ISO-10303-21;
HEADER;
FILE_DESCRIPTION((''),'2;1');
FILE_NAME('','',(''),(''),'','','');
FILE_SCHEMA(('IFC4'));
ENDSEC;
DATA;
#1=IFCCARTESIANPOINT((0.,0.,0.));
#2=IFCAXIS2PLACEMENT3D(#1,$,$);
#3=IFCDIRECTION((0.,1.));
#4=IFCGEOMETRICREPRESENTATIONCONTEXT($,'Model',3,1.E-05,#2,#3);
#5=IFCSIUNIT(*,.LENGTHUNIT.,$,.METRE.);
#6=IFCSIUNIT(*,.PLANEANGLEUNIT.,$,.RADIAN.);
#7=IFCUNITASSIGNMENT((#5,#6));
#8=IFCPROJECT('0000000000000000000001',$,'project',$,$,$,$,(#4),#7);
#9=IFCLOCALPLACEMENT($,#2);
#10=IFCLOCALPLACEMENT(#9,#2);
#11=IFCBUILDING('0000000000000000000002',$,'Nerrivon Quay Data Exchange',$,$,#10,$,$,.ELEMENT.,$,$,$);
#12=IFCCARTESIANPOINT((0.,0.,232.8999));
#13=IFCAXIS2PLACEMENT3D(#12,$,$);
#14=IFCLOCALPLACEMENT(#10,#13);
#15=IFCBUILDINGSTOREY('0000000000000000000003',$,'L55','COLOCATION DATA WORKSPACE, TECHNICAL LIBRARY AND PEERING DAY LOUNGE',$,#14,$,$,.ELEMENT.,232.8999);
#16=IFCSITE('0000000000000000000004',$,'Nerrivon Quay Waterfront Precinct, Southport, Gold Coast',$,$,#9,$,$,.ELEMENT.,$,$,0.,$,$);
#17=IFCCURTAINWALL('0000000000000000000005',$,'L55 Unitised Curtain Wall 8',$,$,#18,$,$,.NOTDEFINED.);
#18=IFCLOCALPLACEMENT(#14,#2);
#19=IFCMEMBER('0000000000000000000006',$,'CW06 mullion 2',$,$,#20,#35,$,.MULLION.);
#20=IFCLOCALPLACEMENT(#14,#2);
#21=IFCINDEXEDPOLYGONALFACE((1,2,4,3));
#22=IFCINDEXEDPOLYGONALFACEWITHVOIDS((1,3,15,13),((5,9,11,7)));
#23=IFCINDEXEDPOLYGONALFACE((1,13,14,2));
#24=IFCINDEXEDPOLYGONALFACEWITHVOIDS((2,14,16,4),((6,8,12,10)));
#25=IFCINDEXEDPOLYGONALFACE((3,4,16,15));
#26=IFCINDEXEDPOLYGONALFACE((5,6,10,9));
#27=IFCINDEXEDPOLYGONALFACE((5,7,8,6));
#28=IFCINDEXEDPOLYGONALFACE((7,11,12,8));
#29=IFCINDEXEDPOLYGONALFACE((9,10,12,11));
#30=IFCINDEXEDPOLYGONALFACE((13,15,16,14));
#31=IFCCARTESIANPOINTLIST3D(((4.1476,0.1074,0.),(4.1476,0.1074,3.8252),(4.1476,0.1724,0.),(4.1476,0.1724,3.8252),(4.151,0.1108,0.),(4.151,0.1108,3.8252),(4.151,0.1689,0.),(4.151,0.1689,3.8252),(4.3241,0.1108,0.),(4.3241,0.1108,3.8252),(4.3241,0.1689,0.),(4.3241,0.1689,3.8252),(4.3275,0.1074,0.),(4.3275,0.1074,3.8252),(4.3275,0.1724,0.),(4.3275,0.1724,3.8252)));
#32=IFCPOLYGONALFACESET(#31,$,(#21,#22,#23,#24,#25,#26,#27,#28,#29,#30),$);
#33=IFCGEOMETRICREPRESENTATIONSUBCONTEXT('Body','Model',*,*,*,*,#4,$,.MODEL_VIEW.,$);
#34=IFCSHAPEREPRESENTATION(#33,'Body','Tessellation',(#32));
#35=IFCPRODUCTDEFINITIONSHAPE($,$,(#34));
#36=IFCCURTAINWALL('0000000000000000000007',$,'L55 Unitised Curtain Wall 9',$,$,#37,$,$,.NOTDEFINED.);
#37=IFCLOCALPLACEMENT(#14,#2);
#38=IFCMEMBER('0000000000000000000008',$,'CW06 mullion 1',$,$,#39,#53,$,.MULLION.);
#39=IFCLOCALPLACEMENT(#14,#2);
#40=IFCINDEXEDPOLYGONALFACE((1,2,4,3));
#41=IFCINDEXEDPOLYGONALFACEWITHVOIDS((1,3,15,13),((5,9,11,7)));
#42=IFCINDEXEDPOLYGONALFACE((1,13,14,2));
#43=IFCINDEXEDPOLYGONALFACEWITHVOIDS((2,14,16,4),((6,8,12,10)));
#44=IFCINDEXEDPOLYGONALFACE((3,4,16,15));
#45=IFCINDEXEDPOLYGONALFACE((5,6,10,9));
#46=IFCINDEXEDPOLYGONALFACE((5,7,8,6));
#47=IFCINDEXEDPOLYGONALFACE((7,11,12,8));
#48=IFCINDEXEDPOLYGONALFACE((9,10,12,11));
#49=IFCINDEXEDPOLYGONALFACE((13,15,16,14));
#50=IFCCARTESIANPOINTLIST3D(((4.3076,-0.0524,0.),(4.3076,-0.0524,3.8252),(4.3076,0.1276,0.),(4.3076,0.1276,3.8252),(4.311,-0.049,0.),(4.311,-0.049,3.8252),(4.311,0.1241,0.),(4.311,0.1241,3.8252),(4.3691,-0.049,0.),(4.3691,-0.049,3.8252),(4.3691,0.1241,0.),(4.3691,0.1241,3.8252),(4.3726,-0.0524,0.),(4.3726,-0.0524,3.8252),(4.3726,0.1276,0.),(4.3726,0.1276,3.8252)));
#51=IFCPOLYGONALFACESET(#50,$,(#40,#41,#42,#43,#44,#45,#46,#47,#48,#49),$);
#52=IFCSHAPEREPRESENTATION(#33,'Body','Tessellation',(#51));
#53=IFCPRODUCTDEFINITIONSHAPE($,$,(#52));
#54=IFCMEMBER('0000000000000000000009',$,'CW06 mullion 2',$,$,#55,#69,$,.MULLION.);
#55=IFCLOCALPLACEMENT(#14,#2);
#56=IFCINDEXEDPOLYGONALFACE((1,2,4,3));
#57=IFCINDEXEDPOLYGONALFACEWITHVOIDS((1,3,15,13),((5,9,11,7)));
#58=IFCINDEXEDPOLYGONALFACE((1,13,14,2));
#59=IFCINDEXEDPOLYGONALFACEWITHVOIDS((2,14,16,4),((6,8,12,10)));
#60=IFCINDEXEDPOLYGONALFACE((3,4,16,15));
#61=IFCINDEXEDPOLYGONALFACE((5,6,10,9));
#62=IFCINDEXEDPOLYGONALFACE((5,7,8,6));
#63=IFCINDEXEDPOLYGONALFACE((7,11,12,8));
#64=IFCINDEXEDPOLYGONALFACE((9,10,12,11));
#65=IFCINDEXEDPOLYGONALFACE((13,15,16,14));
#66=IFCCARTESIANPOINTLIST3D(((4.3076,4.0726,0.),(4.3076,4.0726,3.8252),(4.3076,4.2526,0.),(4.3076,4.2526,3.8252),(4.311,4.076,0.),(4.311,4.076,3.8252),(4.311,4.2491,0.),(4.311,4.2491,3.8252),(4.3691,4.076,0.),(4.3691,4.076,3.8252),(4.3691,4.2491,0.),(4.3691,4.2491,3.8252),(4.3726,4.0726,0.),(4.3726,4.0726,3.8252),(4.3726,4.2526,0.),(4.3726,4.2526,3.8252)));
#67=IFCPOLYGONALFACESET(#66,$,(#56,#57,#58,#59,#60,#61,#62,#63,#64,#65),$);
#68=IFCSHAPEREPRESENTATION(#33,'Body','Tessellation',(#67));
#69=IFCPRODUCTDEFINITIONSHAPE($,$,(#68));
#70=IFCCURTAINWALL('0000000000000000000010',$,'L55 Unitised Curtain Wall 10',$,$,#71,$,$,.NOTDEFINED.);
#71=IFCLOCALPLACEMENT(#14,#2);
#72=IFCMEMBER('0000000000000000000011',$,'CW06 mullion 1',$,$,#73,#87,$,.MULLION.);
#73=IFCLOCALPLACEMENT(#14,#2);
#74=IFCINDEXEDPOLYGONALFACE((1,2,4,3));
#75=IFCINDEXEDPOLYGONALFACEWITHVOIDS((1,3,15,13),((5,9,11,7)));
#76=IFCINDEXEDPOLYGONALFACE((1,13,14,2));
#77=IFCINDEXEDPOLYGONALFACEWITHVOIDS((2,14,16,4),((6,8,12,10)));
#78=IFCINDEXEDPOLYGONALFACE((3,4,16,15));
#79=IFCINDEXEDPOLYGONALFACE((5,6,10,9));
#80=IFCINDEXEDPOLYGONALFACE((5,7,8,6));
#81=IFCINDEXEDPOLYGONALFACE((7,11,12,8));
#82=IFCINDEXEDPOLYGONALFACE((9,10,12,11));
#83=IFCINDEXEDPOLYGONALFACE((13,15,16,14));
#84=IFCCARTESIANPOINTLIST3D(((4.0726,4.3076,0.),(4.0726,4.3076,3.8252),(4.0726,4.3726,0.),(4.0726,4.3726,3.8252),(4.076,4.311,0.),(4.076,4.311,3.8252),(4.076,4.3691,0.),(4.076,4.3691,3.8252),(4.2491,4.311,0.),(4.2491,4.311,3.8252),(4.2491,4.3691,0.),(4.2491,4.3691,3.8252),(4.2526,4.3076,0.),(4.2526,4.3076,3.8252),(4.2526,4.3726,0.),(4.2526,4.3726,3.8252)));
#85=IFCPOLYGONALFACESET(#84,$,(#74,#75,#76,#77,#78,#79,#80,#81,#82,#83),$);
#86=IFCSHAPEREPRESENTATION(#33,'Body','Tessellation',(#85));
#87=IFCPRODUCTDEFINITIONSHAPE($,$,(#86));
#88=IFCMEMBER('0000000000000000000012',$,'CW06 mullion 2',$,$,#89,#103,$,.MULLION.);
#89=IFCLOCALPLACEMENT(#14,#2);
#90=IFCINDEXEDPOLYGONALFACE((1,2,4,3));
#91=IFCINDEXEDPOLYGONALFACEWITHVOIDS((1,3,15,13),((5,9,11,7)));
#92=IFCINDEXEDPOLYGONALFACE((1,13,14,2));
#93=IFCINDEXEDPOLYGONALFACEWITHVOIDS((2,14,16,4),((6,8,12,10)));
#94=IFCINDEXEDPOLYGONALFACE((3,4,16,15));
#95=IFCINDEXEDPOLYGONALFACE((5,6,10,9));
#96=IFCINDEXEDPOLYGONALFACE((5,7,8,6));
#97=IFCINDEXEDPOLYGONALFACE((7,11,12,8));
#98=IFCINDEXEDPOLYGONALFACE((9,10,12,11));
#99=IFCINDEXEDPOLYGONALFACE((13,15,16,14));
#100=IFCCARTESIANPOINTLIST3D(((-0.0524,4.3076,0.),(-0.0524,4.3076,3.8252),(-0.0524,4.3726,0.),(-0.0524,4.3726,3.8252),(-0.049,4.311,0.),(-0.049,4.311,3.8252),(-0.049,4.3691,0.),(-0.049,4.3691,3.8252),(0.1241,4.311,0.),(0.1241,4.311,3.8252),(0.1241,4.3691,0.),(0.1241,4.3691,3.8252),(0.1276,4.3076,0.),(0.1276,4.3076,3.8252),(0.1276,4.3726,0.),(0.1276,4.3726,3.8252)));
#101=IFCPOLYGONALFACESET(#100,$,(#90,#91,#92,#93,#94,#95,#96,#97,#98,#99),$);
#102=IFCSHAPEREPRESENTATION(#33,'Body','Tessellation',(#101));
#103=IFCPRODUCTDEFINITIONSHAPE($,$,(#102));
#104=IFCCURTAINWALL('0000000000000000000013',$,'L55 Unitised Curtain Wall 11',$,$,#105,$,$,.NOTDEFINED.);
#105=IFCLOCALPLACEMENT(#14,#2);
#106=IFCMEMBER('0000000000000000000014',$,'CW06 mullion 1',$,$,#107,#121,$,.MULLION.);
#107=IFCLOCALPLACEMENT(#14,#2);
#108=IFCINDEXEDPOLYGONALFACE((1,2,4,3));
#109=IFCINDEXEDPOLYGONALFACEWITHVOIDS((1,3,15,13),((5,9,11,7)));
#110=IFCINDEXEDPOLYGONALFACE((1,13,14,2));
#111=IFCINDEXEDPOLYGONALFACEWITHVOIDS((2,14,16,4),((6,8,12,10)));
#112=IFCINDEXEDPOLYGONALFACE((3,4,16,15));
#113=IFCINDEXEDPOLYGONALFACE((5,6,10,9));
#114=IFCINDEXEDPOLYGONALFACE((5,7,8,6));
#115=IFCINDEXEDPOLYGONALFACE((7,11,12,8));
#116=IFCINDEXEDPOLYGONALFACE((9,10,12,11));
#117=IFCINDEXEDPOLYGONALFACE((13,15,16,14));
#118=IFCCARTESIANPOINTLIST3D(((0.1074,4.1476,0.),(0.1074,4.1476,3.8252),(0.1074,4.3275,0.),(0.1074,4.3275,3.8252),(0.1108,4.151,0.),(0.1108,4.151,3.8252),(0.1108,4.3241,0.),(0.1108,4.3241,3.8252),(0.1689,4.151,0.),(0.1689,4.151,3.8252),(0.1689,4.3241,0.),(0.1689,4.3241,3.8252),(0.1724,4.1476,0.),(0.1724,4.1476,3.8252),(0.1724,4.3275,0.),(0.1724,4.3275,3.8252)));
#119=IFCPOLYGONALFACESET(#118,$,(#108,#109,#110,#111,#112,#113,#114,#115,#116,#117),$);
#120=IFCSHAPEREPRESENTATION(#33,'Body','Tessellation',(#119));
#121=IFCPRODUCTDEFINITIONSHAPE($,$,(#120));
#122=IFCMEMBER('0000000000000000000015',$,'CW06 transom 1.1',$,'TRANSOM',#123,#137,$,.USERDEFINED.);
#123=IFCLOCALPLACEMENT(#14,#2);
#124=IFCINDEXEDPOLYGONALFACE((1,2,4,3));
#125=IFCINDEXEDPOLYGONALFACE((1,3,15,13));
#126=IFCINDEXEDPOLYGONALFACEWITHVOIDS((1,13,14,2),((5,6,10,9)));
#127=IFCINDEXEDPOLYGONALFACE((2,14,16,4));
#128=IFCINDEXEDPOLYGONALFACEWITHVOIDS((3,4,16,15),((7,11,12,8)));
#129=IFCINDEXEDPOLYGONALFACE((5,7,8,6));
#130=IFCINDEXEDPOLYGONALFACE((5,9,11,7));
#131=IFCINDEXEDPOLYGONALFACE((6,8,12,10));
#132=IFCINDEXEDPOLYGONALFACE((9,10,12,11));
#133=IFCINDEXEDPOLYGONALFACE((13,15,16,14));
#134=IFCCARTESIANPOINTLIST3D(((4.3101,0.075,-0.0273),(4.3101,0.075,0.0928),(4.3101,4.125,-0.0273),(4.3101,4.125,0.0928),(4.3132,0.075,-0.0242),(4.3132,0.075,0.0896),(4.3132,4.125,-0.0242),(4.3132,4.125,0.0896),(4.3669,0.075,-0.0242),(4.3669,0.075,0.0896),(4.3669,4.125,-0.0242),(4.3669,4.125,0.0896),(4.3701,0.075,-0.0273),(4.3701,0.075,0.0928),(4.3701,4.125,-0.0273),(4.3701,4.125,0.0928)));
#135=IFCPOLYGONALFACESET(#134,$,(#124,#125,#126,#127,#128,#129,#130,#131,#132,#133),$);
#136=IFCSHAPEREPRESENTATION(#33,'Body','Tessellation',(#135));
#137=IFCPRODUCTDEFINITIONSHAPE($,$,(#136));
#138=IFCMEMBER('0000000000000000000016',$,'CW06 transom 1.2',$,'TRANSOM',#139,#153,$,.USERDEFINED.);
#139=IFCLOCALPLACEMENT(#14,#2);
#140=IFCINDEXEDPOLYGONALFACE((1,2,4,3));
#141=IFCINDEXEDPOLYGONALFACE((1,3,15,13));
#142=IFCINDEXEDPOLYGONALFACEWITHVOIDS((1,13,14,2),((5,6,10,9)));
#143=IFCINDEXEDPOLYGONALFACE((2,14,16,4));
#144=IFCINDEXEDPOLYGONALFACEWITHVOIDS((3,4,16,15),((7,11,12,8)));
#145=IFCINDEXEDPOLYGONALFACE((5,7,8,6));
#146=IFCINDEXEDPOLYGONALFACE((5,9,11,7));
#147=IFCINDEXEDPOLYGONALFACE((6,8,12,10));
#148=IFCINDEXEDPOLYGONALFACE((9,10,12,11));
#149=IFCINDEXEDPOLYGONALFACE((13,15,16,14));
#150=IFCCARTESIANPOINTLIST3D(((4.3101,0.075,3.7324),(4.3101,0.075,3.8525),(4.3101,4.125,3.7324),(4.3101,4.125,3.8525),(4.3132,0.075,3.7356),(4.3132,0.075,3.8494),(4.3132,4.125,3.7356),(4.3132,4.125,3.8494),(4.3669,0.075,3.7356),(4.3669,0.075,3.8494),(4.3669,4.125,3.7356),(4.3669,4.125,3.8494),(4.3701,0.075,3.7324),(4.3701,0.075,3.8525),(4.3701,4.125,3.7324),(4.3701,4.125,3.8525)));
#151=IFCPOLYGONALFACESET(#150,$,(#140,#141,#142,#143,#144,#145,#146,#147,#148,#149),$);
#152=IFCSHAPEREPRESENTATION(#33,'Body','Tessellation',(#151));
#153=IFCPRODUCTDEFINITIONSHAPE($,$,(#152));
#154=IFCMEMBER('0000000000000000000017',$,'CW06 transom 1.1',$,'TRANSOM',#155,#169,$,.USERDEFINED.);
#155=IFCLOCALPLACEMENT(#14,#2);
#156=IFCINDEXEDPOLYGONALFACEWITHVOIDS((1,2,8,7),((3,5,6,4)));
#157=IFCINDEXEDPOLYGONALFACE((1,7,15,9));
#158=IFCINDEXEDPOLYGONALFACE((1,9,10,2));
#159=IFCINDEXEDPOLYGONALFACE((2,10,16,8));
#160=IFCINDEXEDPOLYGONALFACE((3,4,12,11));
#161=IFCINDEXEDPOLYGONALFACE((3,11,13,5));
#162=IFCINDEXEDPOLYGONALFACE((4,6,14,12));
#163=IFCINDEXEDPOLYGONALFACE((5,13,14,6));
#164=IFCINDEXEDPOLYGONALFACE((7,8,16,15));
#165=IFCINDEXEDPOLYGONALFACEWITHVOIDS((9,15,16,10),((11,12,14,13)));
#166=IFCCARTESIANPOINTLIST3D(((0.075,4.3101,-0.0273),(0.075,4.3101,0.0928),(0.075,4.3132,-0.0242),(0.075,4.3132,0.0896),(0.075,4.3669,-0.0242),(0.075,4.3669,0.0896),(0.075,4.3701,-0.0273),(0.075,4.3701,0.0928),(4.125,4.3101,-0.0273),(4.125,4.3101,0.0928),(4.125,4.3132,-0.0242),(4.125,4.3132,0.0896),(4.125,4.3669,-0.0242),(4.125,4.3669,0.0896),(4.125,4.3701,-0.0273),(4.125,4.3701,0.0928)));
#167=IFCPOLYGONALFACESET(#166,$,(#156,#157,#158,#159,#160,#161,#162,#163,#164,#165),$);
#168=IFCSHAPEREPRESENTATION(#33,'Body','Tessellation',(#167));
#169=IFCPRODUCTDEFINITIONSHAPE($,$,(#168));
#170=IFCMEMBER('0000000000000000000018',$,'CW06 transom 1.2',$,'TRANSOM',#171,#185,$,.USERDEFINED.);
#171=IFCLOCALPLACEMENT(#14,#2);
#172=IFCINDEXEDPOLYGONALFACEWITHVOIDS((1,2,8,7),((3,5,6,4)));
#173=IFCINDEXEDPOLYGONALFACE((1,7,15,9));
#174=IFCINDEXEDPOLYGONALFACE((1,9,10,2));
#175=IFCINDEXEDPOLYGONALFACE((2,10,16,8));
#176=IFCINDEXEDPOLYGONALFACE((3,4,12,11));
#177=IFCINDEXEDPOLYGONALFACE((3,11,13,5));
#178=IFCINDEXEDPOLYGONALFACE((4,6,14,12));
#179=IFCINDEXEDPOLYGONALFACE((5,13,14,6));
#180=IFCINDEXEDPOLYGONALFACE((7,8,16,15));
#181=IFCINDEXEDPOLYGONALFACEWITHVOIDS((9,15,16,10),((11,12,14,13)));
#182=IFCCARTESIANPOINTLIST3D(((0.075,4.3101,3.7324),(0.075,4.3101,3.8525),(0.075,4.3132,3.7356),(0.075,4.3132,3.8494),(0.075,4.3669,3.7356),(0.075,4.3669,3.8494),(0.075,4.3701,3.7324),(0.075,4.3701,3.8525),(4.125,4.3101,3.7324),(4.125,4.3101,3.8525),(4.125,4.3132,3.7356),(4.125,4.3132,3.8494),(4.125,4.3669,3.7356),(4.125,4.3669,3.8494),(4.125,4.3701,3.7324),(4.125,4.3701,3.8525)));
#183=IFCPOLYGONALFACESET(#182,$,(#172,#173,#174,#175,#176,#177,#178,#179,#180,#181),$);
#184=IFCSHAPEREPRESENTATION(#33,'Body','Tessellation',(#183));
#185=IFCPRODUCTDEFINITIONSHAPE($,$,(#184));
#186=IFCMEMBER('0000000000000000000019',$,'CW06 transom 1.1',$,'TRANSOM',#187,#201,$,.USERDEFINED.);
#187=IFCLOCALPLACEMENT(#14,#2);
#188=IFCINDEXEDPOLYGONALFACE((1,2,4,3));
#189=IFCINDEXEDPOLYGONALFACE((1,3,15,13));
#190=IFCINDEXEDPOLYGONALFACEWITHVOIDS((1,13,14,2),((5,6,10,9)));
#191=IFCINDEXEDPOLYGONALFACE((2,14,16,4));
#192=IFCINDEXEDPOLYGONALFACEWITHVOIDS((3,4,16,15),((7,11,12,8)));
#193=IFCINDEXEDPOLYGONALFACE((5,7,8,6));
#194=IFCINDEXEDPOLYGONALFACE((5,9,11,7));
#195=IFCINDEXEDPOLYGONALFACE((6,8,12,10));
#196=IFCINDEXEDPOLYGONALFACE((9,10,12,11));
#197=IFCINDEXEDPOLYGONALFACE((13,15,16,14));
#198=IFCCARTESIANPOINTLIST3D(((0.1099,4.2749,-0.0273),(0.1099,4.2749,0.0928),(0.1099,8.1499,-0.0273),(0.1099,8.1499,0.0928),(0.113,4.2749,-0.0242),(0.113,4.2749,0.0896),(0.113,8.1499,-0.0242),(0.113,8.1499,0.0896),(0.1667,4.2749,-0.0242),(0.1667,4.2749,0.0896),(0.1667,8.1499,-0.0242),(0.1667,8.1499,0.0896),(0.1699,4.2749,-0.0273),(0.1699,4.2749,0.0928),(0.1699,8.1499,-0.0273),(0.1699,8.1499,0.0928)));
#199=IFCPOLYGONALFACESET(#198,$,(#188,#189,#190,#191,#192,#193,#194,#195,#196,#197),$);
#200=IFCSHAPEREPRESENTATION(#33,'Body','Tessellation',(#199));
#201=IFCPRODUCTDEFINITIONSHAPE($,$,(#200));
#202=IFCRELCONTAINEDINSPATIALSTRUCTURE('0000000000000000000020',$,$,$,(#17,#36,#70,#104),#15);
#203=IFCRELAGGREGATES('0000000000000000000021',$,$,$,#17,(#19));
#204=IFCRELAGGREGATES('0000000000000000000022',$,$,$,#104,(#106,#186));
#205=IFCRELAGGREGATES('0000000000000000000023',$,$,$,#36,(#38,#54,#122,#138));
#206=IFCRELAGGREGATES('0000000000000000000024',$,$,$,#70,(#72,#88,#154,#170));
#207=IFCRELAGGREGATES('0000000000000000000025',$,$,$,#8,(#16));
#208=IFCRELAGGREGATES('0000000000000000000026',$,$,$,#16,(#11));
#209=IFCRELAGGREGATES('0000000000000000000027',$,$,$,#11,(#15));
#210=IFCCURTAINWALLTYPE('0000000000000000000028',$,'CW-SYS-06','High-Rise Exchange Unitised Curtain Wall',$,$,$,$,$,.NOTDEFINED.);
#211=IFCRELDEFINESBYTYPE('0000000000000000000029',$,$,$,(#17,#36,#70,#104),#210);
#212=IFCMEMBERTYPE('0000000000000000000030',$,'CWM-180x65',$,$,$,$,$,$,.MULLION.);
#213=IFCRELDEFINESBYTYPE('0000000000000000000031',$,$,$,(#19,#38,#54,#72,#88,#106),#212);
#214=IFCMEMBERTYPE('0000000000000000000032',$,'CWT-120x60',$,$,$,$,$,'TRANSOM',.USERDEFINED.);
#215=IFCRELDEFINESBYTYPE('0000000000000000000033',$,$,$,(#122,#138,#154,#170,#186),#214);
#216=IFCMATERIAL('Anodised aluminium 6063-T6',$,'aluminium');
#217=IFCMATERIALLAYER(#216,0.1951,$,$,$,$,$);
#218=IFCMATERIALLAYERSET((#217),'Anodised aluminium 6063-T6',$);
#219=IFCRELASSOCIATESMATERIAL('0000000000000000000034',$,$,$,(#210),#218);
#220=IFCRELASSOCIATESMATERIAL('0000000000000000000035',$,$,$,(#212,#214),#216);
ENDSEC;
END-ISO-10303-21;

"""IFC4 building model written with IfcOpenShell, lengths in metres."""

from ifc_helpers import new_model, si_unit, direction, frame, origin, origin_2d, place, context, subcontext, project, spatial, hollow_rectangle, extrude, material, layer, layer_set, material_profile, profile_set, type_object, element, aggregate, save


model = new_model("IFC4")

# Units and contexts
model_context = context("Model", 3, precision=1e-05, world=origin(), true_north=direction((0.0, 1.0)))
body_context = subcontext(model_context, "Body", "Model", "MODEL_VIEW")
ifc_project = project(units=[si_unit("LENGTHUNIT", "METRE"), si_unit("PLANEANGLEUNIT", "RADIAN")], contexts=[model_context])

# Site, building, storey
site_placement = place(None, origin())
site = spatial("IfcSite", under=ifc_project, at=site_placement, Name="Nerrivon Quay Waterfront Precinct, Southport, Gold Coast", CompositionType="ELEMENT", RefElevation=0.0)
building_placement = place(site_placement, origin())
building = spatial("IfcBuilding", under=site, at=building_placement, Name="Nerrivon Quay Data Exchange", CompositionType="ELEMENT")
storey_placement = place(building_placement, frame((0.0, 0.0, 232.8999)))
storey = spatial("IfcBuildingStorey", under=building, at=storey_placement, Name="L55", Description="COLOCATION DATA WORKSPACE, TECHNICAL LIBRARY AND PEERING DAY LOUNGE", CompositionType="ELEMENT", Elevation=232.8999)

# Curtain wall, member
ifc_material_1 = material(Name="Anodised aluminium 6063-T6", Category="aluminium")
ifc_layer_1 = layer(ifc_material_1, 0.1951)
ifc_layer_set_1 = layer_set([ifc_layer_1], Name="Anodised aluminium 6063-T6")
curtain_wall_type = type_object("IfcCurtainWallType", Name="CW-SYS-06", Description="High-Rise Exchange Unitised Curtain Wall", PredefinedType="NOTDEFINED", material=ifc_layer_set_1)
curtain_wall_1_placement = place(storey_placement, origin())
curtain_wall_1 = element("IfcCurtainWall", 1, at=curtain_wall_1_placement, inside=storey, type_object=curtain_wall_type, Name="L55 Unitised Curtain Wall 8", PredefinedType="NOTDEFINED")
ifc_material_profile_1 = material_profile(ifc_material_1, hollow_rectangle(XDim=0.0649, YDim=0.1799, WallThickness=0.0034, at=origin_2d()), Name="ALU-MULL-180x65")
ifc_profile_set_1 = profile_set([ifc_material_profile_1], Name="Anodised aluminium 6063-T6")
member_type_1 = type_object("IfcMemberType", Name="CWM-180x65", PredefinedType="MULLION", material=ifc_profile_set_1)
member_1_placement = place(storey_placement, frame((4.2375, 0.1399, 0.0), z_axis=(0.0, 0.0, 1.0), x_axis=(0.0, -1.0, 0.0)))
member_1 = element("IfcMember", 2, at=member_1_placement, type_object=member_type_1, Name="CW06 mullion 2", PredefinedType="MULLION", context=body_context, shape_type="SweptSolid", body=[
    extrude(hollow_rectangle(XDim=0.0649, YDim=0.1799, WallThickness=0.0034, at=origin_2d()), origin(), (0.0, 0.0, 1.0), 3.8252),
])
aggregate(curtain_wall_1, [member_1])

# Curtain walls, members
curtain_wall_2_placement = place(storey_placement, origin())
curtain_wall_2 = element("IfcCurtainWall", 3, at=curtain_wall_2_placement, inside=storey, type_object=curtain_wall_type, Name="L55 Unitised Curtain Wall 9", PredefinedType="NOTDEFINED")
member_2_placement = place(storey_placement, frame((4.3401, 0.0376, 0.0), z_axis=(0.0, 0.0, 1.0), x_axis=(-1.0, 0.0, 0.0)))
member_2 = element("IfcMember", 4, at=member_2_placement, type_object=member_type_1, Name="CW06 mullion 1", PredefinedType="MULLION", context=body_context, shape_type="SweptSolid", body=[
    extrude(hollow_rectangle(XDim=0.0649, YDim=0.1799, WallThickness=0.0034, at=origin_2d()), origin(), (0.0, 0.0, 1.0), 3.8252),
])
member_3_placement = place(storey_placement, frame((4.3401, 4.1626, 0.0), z_axis=(0.0, 0.0, 1.0), x_axis=(-1.0, 0.0, 0.0)))
member_3 = element("IfcMember", 5, at=member_3_placement, type_object=member_type_1, Name="CW06 mullion 2", PredefinedType="MULLION", context=body_context, shape_type="SweptSolid", body=[
    extrude(hollow_rectangle(XDim=0.0649, YDim=0.1799, WallThickness=0.0034, at=origin_2d()), origin(), (0.0, 0.0, 1.0), 3.8252),
])
curtain_wall_3_placement = place(storey_placement, origin())
curtain_wall_3 = element("IfcCurtainWall", 6, at=curtain_wall_3_placement, inside=storey, type_object=curtain_wall_type, Name="L55 Unitised Curtain Wall 10", PredefinedType="NOTDEFINED")
member_4_placement = place(storey_placement, frame((4.1626, 4.3401, 0.0), z_axis=(0.0, 0.0, 1.0), x_axis=(0.0, -1.0, 0.0)))
member_4 = element("IfcMember", 7, at=member_4_placement, type_object=member_type_1, Name="CW06 mullion 1", PredefinedType="MULLION", context=body_context, shape_type="SweptSolid", body=[
    extrude(hollow_rectangle(XDim=0.0649, YDim=0.1799, WallThickness=0.0034, at=origin_2d()), origin(), (0.0, 0.0, 1.0), 3.8252),
])
member_5_placement = place(storey_placement, frame((0.0376, 4.3401, 0.0), z_axis=(0.0, 0.0, 1.0), x_axis=(0.0, -1.0, 0.0)))
member_5 = element("IfcMember", 8, at=member_5_placement, type_object=member_type_1, Name="CW06 mullion 2", PredefinedType="MULLION", context=body_context, shape_type="SweptSolid", body=[
    extrude(hollow_rectangle(XDim=0.0649, YDim=0.1799, WallThickness=0.0034, at=origin_2d()), origin(), (0.0, 0.0, 1.0), 3.8252),
])

# Curtain wall, member
curtain_wall_4_placement = place(storey_placement, origin())
curtain_wall_4 = element("IfcCurtainWall", 9, at=curtain_wall_4_placement, inside=storey, type_object=curtain_wall_type, Name="L55 Unitised Curtain Wall 11", PredefinedType="NOTDEFINED")
member_6_placement = place(storey_placement, frame((0.1399, 4.2375, 0.0), z_axis=(0.0, 0.0, 1.0), x_axis=(-1.0, 0.0, 0.0)))
member_6 = element("IfcMember", 10, at=member_6_placement, type_object=member_type_1, Name="CW06 mullion 1", PredefinedType="MULLION", context=body_context, shape_type="SweptSolid", body=[
    extrude(hollow_rectangle(XDim=0.0649, YDim=0.1799, WallThickness=0.0034, at=origin_2d()), origin(), (0.0, 0.0, 1.0), 3.8252),
])

# Members
ifc_material_profile_2 = material_profile(ifc_material_1, hollow_rectangle(XDim=0.0601, YDim=0.1201, WallThickness=0.0032, at=origin_2d()), Name="ALU-TRAN-120x60")
ifc_profile_set_2 = profile_set([ifc_material_profile_2], Name="Anodised aluminium 6063-T6")
member_type_2 = type_object("IfcMemberType", Name="CWT-120x60", ElementType="TRANSOM", PredefinedType="USERDEFINED", material=ifc_profile_set_2)
member_7_placement = place(storey_placement, frame((4.3401, 0.075, 0.0327), z_axis=(0.0, 1.0, 0.0), x_axis=(-1.0, 0.0, 0.0)))
member_7 = element("IfcMember", 11, at=member_7_placement, type_object=member_type_2, Name="CW06 transom 1.1", ObjectType="TRANSOM", PredefinedType="USERDEFINED", context=body_context, shape_type="SweptSolid", body=[
    extrude(hollow_rectangle(XDim=0.0601, YDim=0.1201, WallThickness=0.0032, at=origin_2d()), origin(), (0.0, 0.0, 1.0), 4.05),
])
member_8_placement = place(storey_placement, frame((4.3401, 0.075, 3.7925), z_axis=(0.0, 1.0, 0.0), x_axis=(-1.0, 0.0, 0.0)))
member_8 = element("IfcMember", 12, at=member_8_placement, type_object=member_type_2, Name="CW06 transom 1.2", ObjectType="TRANSOM", PredefinedType="USERDEFINED", context=body_context, shape_type="SweptSolid", body=[
    extrude(hollow_rectangle(XDim=0.0601, YDim=0.1201, WallThickness=0.0032, at=origin_2d()), origin(), (0.0, 0.0, 1.0), 4.05),
])
member_9_placement = place(storey_placement, frame((4.125, 4.3401, 0.0327), z_axis=(-1.0, 0.0, 0.0), x_axis=(0.0, -1.0, 0.0)))
member_9 = element("IfcMember", 13, at=member_9_placement, type_object=member_type_2, Name="CW06 transom 1.1", ObjectType="TRANSOM", PredefinedType="USERDEFINED", context=body_context, shape_type="SweptSolid", body=[
    extrude(hollow_rectangle(XDim=0.0601, YDim=0.1201, WallThickness=0.0032, at=origin_2d()), origin(), (0.0, 0.0, 1.0), 4.05),
])
member_10_placement = place(storey_placement, frame((4.125, 4.3401, 3.7925), z_axis=(-1.0, 0.0, 0.0), x_axis=(0.0, -1.0, 0.0)))
member_10 = element("IfcMember", 14, at=member_10_placement, type_object=member_type_2, Name="CW06 transom 1.2", ObjectType="TRANSOM", PredefinedType="USERDEFINED", context=body_context, shape_type="SweptSolid", body=[
    extrude(hollow_rectangle(XDim=0.0601, YDim=0.1201, WallThickness=0.0032, at=origin_2d()), origin(), (0.0, 0.0, 1.0), 4.05),
])
member_11_placement = place(storey_placement, frame((0.1399, 4.2749, 0.0327), z_axis=(0.0, 1.0, 0.0), x_axis=(-1.0, 0.0, 0.0)))
member_11 = element("IfcMember", 15, at=member_11_placement, type_object=member_type_2, Name="CW06 transom 1.1", ObjectType="TRANSOM", PredefinedType="USERDEFINED", context=body_context, shape_type="SweptSolid", body=[
    extrude(hollow_rectangle(XDim=0.0601, YDim=0.1201, WallThickness=0.0032, at=origin_2d()), origin(), (0.0, 0.0, 1.0), 3.875),
])
aggregate(curtain_wall_4, [member_6, member_11])

aggregate(curtain_wall_2, [member_2, member_3, member_7, member_8])
aggregate(curtain_wall_3, [member_4, member_5, member_9, member_10])

save(model, "model.ifc")
